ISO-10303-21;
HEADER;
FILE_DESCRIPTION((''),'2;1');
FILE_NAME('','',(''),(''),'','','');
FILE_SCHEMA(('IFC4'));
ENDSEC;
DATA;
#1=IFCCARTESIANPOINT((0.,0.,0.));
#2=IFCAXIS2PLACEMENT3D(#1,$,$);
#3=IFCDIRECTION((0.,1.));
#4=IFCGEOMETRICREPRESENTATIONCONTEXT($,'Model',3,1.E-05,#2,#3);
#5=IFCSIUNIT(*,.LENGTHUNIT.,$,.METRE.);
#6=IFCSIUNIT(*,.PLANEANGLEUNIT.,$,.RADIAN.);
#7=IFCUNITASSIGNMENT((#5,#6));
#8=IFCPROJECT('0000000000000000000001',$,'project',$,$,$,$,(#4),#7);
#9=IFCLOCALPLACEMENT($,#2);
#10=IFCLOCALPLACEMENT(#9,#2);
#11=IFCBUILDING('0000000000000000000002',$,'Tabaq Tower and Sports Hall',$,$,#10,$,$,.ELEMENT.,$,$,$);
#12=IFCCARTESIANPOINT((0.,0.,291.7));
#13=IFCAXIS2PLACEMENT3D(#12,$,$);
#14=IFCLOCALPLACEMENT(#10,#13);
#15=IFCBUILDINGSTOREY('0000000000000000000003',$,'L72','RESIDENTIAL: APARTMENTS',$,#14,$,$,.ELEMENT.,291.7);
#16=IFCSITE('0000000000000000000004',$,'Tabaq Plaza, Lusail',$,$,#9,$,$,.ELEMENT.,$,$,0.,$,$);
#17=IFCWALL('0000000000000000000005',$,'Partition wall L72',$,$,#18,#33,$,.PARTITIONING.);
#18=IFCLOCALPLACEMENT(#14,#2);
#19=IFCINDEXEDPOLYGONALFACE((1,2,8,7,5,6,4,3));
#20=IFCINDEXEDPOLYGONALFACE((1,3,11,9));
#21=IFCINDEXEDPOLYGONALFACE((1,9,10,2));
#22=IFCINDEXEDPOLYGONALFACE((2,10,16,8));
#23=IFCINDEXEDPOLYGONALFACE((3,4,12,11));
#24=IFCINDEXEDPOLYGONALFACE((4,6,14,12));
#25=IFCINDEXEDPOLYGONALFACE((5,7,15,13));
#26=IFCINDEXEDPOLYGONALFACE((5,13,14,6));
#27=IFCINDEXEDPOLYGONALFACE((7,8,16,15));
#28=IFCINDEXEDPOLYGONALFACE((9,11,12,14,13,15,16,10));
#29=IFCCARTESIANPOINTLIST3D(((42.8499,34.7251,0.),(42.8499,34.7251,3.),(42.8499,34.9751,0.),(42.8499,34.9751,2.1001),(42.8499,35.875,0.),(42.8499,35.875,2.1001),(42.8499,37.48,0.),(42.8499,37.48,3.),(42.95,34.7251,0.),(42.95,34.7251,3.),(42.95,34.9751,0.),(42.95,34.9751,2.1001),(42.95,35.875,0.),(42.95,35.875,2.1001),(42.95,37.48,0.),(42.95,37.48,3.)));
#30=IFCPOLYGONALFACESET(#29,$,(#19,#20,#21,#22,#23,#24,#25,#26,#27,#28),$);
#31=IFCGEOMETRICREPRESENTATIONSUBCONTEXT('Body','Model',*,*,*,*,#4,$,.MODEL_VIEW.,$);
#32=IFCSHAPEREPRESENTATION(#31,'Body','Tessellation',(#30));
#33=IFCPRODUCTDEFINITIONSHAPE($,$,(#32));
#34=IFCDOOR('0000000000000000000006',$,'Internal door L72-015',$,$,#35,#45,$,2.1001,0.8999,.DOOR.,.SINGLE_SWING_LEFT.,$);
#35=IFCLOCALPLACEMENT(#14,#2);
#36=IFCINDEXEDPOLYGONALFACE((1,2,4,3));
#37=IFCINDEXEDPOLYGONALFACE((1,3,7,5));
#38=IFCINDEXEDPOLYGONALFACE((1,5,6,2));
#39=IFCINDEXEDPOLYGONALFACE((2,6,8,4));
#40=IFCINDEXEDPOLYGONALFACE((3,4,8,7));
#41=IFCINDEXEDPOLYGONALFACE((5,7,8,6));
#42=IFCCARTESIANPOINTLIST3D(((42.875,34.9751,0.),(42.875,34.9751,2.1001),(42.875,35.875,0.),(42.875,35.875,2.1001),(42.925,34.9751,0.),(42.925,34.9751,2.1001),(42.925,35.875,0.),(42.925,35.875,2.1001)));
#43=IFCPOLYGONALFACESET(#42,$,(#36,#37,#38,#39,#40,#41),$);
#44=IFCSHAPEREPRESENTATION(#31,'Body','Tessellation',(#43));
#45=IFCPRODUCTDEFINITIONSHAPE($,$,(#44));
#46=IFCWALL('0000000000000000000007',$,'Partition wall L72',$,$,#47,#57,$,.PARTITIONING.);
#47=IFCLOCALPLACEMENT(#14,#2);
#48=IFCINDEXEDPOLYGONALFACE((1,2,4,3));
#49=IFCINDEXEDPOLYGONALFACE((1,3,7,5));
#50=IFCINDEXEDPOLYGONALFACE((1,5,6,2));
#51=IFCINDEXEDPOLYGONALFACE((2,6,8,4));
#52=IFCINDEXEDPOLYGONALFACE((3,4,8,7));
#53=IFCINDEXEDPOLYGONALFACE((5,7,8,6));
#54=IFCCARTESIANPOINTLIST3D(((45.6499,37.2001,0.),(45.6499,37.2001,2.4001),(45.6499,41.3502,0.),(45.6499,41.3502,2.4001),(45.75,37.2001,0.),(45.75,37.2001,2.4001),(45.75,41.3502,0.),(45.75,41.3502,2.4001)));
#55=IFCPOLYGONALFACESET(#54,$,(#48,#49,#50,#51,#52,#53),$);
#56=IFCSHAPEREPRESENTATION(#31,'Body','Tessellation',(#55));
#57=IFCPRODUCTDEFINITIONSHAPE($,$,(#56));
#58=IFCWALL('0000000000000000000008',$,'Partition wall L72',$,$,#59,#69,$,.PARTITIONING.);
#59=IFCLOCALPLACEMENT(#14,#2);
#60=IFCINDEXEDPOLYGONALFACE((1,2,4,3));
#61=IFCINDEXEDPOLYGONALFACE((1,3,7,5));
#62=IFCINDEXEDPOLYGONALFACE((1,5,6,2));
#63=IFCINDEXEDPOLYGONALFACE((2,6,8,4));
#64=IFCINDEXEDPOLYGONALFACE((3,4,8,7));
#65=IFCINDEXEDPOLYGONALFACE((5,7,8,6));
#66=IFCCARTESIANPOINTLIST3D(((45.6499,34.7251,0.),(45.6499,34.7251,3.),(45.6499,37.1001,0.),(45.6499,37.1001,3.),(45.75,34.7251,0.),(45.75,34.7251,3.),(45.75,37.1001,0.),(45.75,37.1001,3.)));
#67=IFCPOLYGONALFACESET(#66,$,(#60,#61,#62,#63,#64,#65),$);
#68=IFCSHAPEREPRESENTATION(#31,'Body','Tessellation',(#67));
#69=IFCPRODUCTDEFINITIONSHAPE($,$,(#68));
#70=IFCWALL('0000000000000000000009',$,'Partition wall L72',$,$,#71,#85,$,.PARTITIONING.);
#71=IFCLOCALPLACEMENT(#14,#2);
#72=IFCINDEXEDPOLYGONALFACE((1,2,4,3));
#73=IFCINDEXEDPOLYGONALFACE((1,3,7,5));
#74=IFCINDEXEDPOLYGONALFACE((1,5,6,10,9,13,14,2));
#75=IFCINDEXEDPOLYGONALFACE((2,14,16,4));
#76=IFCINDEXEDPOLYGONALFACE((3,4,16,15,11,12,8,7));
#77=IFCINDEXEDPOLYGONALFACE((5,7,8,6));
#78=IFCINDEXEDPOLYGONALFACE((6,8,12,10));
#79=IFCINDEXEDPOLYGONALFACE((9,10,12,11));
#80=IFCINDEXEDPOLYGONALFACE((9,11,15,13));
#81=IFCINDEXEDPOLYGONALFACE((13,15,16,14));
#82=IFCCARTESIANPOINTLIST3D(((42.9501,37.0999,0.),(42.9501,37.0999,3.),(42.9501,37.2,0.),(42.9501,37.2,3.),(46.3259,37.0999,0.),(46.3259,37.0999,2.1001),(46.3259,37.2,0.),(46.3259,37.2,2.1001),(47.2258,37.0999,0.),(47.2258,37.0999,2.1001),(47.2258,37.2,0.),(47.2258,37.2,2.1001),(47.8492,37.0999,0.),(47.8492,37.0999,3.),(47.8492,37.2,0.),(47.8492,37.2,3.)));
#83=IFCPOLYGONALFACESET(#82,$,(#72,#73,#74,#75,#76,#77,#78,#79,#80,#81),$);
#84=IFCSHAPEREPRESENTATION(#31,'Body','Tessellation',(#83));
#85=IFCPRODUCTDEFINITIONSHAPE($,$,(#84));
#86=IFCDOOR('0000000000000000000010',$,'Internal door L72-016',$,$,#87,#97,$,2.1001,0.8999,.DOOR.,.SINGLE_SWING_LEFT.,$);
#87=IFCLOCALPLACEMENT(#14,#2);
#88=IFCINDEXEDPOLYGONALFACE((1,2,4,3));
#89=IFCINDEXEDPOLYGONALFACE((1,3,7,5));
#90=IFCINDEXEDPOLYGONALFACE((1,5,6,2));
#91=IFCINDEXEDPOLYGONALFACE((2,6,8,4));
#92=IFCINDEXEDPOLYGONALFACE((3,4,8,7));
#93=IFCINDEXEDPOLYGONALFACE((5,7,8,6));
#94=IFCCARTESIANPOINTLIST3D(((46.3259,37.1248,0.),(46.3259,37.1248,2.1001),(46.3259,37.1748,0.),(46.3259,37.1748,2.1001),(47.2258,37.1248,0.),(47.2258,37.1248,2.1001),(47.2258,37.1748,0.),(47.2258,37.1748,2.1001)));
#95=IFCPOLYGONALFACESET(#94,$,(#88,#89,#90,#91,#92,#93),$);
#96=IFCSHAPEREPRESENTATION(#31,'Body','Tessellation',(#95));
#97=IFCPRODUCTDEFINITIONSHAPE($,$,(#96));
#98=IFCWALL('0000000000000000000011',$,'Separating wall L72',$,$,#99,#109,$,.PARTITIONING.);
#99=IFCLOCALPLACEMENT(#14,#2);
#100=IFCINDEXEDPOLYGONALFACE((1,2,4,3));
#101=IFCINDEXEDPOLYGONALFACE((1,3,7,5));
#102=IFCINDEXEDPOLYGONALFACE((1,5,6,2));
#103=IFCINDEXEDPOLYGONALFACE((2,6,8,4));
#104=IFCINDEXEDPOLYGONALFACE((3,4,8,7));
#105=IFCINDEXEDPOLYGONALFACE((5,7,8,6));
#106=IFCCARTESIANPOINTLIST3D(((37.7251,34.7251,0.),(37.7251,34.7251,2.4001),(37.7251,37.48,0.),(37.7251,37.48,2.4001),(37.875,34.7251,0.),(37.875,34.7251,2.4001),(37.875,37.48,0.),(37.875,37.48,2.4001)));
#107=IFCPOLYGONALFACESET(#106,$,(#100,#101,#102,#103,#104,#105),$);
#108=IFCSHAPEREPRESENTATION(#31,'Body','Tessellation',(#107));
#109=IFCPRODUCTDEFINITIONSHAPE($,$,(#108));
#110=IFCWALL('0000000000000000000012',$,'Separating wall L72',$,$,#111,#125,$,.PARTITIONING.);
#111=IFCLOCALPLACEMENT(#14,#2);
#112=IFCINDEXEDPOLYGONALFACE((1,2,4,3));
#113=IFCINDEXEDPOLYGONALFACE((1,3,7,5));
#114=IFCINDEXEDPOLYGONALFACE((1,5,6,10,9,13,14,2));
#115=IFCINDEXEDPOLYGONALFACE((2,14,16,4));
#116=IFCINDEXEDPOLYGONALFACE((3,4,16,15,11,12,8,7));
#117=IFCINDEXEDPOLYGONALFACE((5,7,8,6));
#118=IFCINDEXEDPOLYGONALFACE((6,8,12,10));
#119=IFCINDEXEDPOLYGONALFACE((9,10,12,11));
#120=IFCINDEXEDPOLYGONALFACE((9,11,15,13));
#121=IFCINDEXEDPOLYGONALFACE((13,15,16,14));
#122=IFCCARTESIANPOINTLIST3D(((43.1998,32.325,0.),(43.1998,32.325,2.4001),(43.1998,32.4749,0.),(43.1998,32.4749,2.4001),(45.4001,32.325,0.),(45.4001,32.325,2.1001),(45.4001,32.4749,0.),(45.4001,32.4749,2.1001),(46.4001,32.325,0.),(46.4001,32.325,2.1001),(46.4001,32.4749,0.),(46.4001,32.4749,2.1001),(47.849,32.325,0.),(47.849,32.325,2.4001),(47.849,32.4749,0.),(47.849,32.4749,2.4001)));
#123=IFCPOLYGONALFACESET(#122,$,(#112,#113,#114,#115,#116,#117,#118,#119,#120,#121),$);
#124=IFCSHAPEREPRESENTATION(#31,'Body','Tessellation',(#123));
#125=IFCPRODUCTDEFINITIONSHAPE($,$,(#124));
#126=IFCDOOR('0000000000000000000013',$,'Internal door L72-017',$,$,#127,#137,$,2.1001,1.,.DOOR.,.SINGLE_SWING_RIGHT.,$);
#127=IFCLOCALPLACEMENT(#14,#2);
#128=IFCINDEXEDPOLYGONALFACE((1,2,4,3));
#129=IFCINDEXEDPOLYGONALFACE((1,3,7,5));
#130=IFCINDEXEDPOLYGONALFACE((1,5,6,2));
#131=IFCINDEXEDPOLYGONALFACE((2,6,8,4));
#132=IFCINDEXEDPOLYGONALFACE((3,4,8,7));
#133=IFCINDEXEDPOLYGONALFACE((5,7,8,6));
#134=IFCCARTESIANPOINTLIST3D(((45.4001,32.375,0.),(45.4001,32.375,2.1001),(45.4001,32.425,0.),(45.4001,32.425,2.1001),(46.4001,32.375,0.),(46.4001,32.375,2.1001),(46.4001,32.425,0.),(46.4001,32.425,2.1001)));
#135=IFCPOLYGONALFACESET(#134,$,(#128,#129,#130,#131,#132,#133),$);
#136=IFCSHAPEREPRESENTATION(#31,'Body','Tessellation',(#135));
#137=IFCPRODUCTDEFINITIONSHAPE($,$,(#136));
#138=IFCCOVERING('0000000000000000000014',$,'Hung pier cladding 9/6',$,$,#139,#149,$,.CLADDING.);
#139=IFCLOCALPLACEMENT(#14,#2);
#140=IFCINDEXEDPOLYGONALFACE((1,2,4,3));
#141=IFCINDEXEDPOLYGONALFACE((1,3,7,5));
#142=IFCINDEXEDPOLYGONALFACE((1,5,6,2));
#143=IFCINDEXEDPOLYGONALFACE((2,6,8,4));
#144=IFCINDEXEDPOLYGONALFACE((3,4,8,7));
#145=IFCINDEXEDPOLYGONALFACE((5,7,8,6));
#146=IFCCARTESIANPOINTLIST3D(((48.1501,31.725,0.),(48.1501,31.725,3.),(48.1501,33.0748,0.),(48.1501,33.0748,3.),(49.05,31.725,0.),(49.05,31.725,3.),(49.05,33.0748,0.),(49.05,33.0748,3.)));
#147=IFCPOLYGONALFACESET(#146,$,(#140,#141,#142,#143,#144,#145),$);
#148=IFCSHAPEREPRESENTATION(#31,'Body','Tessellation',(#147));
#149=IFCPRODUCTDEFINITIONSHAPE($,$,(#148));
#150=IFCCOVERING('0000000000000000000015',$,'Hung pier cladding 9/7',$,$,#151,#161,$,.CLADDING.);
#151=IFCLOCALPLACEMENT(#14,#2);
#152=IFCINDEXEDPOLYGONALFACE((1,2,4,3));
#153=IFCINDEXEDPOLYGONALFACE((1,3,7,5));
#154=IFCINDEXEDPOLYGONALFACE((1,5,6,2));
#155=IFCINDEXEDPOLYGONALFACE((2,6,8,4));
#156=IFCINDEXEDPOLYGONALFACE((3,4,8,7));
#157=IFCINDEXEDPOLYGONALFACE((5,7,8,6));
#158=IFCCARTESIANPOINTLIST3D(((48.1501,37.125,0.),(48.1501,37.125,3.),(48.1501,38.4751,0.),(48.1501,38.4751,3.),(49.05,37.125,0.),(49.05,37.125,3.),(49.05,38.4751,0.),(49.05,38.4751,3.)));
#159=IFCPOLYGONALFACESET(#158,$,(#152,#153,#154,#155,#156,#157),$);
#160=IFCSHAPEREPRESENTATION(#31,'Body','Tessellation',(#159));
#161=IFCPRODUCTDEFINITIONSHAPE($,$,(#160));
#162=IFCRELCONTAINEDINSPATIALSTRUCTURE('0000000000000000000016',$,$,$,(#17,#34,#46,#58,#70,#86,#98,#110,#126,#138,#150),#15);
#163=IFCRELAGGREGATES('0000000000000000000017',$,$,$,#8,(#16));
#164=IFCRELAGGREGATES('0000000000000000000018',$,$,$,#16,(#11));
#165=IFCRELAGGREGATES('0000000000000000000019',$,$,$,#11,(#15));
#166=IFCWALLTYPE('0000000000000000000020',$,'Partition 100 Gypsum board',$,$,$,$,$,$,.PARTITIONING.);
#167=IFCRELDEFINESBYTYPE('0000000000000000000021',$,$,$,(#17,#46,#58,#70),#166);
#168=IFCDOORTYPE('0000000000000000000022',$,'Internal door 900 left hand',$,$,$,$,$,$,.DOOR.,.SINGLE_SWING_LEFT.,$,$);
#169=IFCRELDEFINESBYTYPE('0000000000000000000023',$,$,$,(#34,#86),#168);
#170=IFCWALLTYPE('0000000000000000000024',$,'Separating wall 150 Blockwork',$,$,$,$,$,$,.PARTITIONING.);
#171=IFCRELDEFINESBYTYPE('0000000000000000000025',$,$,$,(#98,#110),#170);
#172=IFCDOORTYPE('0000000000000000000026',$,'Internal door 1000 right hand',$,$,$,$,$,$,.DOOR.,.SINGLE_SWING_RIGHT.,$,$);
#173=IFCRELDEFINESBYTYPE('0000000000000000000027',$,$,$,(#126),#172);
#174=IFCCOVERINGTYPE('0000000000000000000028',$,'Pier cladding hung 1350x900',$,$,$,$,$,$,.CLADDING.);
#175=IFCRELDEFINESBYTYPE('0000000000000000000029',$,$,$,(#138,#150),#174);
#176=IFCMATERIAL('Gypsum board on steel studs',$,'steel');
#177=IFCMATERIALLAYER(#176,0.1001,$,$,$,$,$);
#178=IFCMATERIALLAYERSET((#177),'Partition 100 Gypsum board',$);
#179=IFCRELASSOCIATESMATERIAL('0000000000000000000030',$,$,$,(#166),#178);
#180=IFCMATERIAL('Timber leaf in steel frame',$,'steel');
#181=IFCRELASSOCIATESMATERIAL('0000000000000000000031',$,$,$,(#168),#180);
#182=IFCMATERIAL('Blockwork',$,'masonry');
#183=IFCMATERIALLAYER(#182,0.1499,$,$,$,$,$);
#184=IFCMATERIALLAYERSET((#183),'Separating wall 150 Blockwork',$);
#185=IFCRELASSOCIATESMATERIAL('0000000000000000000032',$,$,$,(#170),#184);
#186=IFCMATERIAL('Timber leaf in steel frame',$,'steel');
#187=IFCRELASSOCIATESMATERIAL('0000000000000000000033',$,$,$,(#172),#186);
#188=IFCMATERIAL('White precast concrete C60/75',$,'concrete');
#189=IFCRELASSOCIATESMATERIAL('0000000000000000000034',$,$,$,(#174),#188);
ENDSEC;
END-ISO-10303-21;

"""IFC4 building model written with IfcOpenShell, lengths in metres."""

from ifc_helpers import new_model, si_unit, direction, frame, frame_2d, origin, place, context, subcontext, project, spatial, rectangle, extrude, material, layer, layer_set, type_object, element, fill, save


model = new_model("IFC4")

# Units and contexts
model_context = context("Model", 3, precision=1e-05, world=origin(), true_north=direction((0.0, 1.0)))
body_context = subcontext(model_context, "Body", "Model", "MODEL_VIEW")
ifc_project = project(units=[si_unit("LENGTHUNIT", "METRE"), si_unit("PLANEANGLEUNIT", "RADIAN")], contexts=[model_context])

# Site, building, storey
site_placement = place(None, origin())
site = spatial("IfcSite", under=ifc_project, at=site_placement, Name="Tabaq Plaza, Lusail", CompositionType="ELEMENT", RefElevation=0.0)
building_placement = place(site_placement, origin())
building = spatial("IfcBuilding", under=site, at=building_placement, Name="Tabaq Tower and Sports Hall", CompositionType="ELEMENT")
storey_placement = place(building_placement, frame((0.0, 0.0, 291.7)))
storey = spatial("IfcBuildingStorey", under=building, at=storey_placement, Name="L72", Description="RESIDENTIAL: APARTMENTS", CompositionType="ELEMENT", Elevation=291.7)

# Shared definitions
ifc_material_1 = material(Name="Gypsum board on steel studs", Category="steel")
ifc_layer_1 = layer(ifc_material_1, 0.1001)
ifc_layer_set_1 = layer_set([ifc_layer_1], Name="Partition 100 Gypsum board")
wall_type_1 = type_object("IfcWallType", Name="Partition 100 Gypsum board", PredefinedType="PARTITIONING", material=ifc_layer_set_1)

# Shared definitions
ifc_material_2 = material(Name="Timber leaf in steel frame", Category="steel")
door_type_1 = type_object("IfcDoorType", Name="Internal door 900 left hand", OperationType="SINGLE_SWING_LEFT", PredefinedType="DOOR", material=ifc_material_2)

# Wall, opening, door
wall_1_placement = place(storey_placement, frame((42.8999, 34.7251, 0.0), z_axis=(0.0, 0.0, 1.0), x_axis=(0.0, 1.0, 0.0)))
wall_1 = element("IfcWall", 1, at=wall_1_placement, inside=storey, type_object=wall_type_1, Name="Partition wall L72", PredefinedType="PARTITIONING", context=body_context, shape_type="SweptSolid", body=[
    extrude(rectangle(XDim=2.7549, YDim=0.1001, at=frame_2d((1.3774, 0.0))), origin(), (0.0, 0.0, 1.0), 3.0),
])
opening_1_placement = place(wall_1_placement, frame((0.25, 0.0, 0.0)))
opening_1 = element("IfcOpeningElement", 2, at=opening_1_placement, cuts=wall_1, PredefinedType="OPENING", context=body_context, shape_type="SweptSolid", body=[
    extrude(rectangle(XDim=0.8999, YDim=2.1001, at=frame_2d((0.45, 1.05))), frame((0.0, 0.05, 0.0), z_axis=(0.0, -1.0, 0.0), x_axis=(1.0, 0.0, 0.0)), (0.0, 0.0, 1.0), 0.1001),
])
door_1_placement = place(opening_1_placement, origin())
door_1 = element("IfcDoor", 3, at=door_1_placement, inside=storey, type_object=door_type_1, Name="Internal door L72-015", OperationType="SINGLE_SWING_LEFT", OverallHeight=2.1001, OverallWidth=0.8999, PredefinedType="DOOR", context=body_context, shape_type="SweptSolid", body=[
    extrude(rectangle(XDim=0.8999, YDim=2.1001, at=frame_2d((0.45, 1.05))), frame((0.0, 0.0249, 0.0), z_axis=(0.0, -1.0, 0.0), x_axis=(1.0, 0.0, 0.0)), (0.0, 0.0, 1.0), 0.05),
])
fill(opening_1, door_1)

# Walls
wall_2_placement = place(storey_placement, frame((45.7, 37.2, 0.0), z_axis=(0.0, 0.0, 1.0), x_axis=(0.0, 1.0, 0.0)))
element("IfcWall", 4, at=wall_2_placement, inside=storey, type_object=wall_type_1, Name="Partition wall L72", PredefinedType="PARTITIONING", context=body_context, shape_type="SweptSolid", body=[
    extrude(rectangle(XDim=4.1501, YDim=0.1001, at=frame_2d((2.0752, 0.0))), origin(), (0.0, 0.0, 1.0), 2.4001),
])
wall_3_placement = place(storey_placement, frame((45.7, 34.7251, 0.0), z_axis=(0.0, 0.0, 1.0), x_axis=(0.0, 1.0, 0.0)))
element("IfcWall", 5, at=wall_3_placement, inside=storey, type_object=wall_type_1, Name="Partition wall L72", PredefinedType="PARTITIONING", context=body_context, shape_type="SweptSolid", body=[
    extrude(rectangle(XDim=2.375, YDim=0.1001, at=frame_2d((1.1875, 0.0))), origin(), (0.0, 0.0, 1.0), 3.0),
])

# Wall, opening, door
wall_4_placement = place(storey_placement, frame((42.95, 37.1499, 0.0), z_axis=(0.0, 0.0, 1.0), x_axis=(1.0, 0.0, 0.0)))
wall_4 = element("IfcWall", 6, at=wall_4_placement, inside=storey, type_object=wall_type_1, Name="Partition wall L72", PredefinedType="PARTITIONING", context=body_context, shape_type="SweptSolid", body=[
    extrude(rectangle(XDim=4.8992, YDim=0.1001, at=frame_2d((2.4497, 0.0))), origin(), (0.0, 0.0, 1.0), 3.0),
])
opening_2_placement = place(wall_4_placement, frame((3.376, 0.0, 0.0)))
opening_2 = element("IfcOpeningElement", 7, at=opening_2_placement, cuts=wall_4, PredefinedType="OPENING", context=body_context, shape_type="SweptSolid", body=[
    extrude(rectangle(XDim=0.8999, YDim=2.1001, at=frame_2d((0.45, 1.05))), frame((0.0, 0.05, 0.0), z_axis=(0.0, -1.0, 0.0), x_axis=(1.0, 0.0, 0.0)), (0.0, 0.0, 1.0), 0.1001),
])
door_2_placement = place(opening_2_placement, origin())
door_2 = element("IfcDoor", 8, at=door_2_placement, inside=storey, type_object=door_type_1, Name="Internal door L72-016", OperationType="SINGLE_SWING_LEFT", OverallHeight=2.1001, OverallWidth=0.8999, PredefinedType="DOOR", context=body_context, shape_type="SweptSolid", body=[
    extrude(rectangle(XDim=0.8999, YDim=2.1001, at=frame_2d((0.45, 1.05))), frame((0.0, 0.0249, 0.0), z_axis=(0.0, -1.0, 0.0), x_axis=(1.0, 0.0, 0.0)), (0.0, 0.0, 1.0), 0.05),
])
fill(opening_2, door_2)

# Wall
ifc_material_3 = material(Name="Blockwork", Category="masonry")
ifc_layer_2 = layer(ifc_material_3, 0.1499)
ifc_layer_set_2 = layer_set([ifc_layer_2], Name="Separating wall 150 Blockwork")
wall_type_2 = type_object("IfcWallType", Name="Separating wall 150 Blockwork", PredefinedType="PARTITIONING", material=ifc_layer_set_2)
wall_5_placement = place(storey_placement, frame((37.8, 34.7251, 0.0), z_axis=(0.0, 0.0, 1.0), x_axis=(0.0, 1.0, 0.0)))
element("IfcWall", 9, at=wall_5_placement, inside=storey, type_object=wall_type_2, Name="Separating wall L72", PredefinedType="PARTITIONING", context=body_context, shape_type="SweptSolid", body=[
    extrude(rectangle(XDim=2.7549, YDim=0.1499, at=frame_2d((1.3774, 0.0))), origin(), (0.0, 0.0, 1.0), 2.4001),
])

# Wall, opening, door
wall_6_placement = place(storey_placement, frame((47.8491, 32.3999, 0.0), z_axis=(0.0, 0.0, 1.0), x_axis=(-1.0, 0.0, 0.0)))
wall_6 = element("IfcWall", 10, at=wall_6_placement, inside=storey, type_object=wall_type_2, Name="Separating wall L72", PredefinedType="PARTITIONING", context=body_context, shape_type="SweptSolid", body=[
    extrude(rectangle(XDim=4.6492, YDim=0.1499, at=frame_2d((2.3247, 0.0))), origin(), (0.0, 0.0, 1.0), 2.4001),
])
opening_3_placement = place(wall_6_placement, frame((1.449, 0.0, 0.0)))
opening_3 = element("IfcOpeningElement", 11, at=opening_3_placement, cuts=wall_6, PredefinedType="OPENING", context=body_context, shape_type="SweptSolid", body=[
    extrude(rectangle(XDim=1.0, YDim=2.1001, at=frame_2d((0.5, 1.05))), frame((0.0, 0.075, 0.0), z_axis=(0.0, -1.0, 0.0), x_axis=(1.0, 0.0, 0.0)), (0.0, 0.0, 1.0), 0.1499),
])
ifc_material_4 = material(Name="Timber leaf in steel frame", Category="steel")
door_type_2 = type_object("IfcDoorType", Name="Internal door 1000 right hand", OperationType="SINGLE_SWING_RIGHT", PredefinedType="DOOR", material=ifc_material_4)
door_3_placement = place(opening_3_placement, origin())
door_3 = element("IfcDoor", 12, at=door_3_placement, inside=storey, type_object=door_type_2, Name="Internal door L72-017", OperationType="SINGLE_SWING_RIGHT", OverallHeight=2.1001, OverallWidth=1.0, PredefinedType="DOOR", context=body_context, shape_type="SweptSolid", body=[
    extrude(rectangle(XDim=1.0, YDim=2.1001, at=frame_2d((0.5, 1.05))), frame((0.0, 0.0249, 0.0), z_axis=(0.0, -1.0, 0.0), x_axis=(1.0, 0.0, 0.0)), (0.0, 0.0, 1.0), 0.05),
])
fill(opening_3, door_3)

# Coverings
ifc_material_5 = material(Name="White precast concrete C60/75", Category="concrete")
covering_type_1 = type_object("IfcCoveringType", Name="Pier cladding hung 1350x900", PredefinedType="CLADDING", material=ifc_material_5)
covering_1_placement = place(storey_placement, frame((48.6001, 31.7251, 0.0), z_axis=(0.0, 0.0, 1.0), x_axis=(0.0, 1.0, 0.0)))
element("IfcCovering", 13, at=covering_1_placement, inside=storey, type_object=covering_type_1, Name="Hung pier cladding 9/6", PredefinedType="CLADDING", context=body_context, shape_type="SweptSolid", body=[
    extrude(rectangle(XDim=1.3499, YDim=0.8999, at=frame_2d((0.6748, 0.0))), origin(), (0.0, 0.0, 1.0), 3.0),
])
covering_2_placement = place(storey_placement, frame((48.6001, 37.125, 0.0), z_axis=(0.0, 0.0, 1.0), x_axis=(0.0, 1.0, 0.0)))
element("IfcCovering", 14, at=covering_2_placement, inside=storey, type_object=covering_type_1, Name="Hung pier cladding 9/7", PredefinedType="CLADDING", context=body_context, shape_type="SweptSolid", body=[
    extrude(rectangle(XDim=1.3501, YDim=0.8999, at=frame_2d((0.675, 0.0))), origin(), (0.0, 0.0, 1.0), 3.0),
])

save(model, "model.ifc")
